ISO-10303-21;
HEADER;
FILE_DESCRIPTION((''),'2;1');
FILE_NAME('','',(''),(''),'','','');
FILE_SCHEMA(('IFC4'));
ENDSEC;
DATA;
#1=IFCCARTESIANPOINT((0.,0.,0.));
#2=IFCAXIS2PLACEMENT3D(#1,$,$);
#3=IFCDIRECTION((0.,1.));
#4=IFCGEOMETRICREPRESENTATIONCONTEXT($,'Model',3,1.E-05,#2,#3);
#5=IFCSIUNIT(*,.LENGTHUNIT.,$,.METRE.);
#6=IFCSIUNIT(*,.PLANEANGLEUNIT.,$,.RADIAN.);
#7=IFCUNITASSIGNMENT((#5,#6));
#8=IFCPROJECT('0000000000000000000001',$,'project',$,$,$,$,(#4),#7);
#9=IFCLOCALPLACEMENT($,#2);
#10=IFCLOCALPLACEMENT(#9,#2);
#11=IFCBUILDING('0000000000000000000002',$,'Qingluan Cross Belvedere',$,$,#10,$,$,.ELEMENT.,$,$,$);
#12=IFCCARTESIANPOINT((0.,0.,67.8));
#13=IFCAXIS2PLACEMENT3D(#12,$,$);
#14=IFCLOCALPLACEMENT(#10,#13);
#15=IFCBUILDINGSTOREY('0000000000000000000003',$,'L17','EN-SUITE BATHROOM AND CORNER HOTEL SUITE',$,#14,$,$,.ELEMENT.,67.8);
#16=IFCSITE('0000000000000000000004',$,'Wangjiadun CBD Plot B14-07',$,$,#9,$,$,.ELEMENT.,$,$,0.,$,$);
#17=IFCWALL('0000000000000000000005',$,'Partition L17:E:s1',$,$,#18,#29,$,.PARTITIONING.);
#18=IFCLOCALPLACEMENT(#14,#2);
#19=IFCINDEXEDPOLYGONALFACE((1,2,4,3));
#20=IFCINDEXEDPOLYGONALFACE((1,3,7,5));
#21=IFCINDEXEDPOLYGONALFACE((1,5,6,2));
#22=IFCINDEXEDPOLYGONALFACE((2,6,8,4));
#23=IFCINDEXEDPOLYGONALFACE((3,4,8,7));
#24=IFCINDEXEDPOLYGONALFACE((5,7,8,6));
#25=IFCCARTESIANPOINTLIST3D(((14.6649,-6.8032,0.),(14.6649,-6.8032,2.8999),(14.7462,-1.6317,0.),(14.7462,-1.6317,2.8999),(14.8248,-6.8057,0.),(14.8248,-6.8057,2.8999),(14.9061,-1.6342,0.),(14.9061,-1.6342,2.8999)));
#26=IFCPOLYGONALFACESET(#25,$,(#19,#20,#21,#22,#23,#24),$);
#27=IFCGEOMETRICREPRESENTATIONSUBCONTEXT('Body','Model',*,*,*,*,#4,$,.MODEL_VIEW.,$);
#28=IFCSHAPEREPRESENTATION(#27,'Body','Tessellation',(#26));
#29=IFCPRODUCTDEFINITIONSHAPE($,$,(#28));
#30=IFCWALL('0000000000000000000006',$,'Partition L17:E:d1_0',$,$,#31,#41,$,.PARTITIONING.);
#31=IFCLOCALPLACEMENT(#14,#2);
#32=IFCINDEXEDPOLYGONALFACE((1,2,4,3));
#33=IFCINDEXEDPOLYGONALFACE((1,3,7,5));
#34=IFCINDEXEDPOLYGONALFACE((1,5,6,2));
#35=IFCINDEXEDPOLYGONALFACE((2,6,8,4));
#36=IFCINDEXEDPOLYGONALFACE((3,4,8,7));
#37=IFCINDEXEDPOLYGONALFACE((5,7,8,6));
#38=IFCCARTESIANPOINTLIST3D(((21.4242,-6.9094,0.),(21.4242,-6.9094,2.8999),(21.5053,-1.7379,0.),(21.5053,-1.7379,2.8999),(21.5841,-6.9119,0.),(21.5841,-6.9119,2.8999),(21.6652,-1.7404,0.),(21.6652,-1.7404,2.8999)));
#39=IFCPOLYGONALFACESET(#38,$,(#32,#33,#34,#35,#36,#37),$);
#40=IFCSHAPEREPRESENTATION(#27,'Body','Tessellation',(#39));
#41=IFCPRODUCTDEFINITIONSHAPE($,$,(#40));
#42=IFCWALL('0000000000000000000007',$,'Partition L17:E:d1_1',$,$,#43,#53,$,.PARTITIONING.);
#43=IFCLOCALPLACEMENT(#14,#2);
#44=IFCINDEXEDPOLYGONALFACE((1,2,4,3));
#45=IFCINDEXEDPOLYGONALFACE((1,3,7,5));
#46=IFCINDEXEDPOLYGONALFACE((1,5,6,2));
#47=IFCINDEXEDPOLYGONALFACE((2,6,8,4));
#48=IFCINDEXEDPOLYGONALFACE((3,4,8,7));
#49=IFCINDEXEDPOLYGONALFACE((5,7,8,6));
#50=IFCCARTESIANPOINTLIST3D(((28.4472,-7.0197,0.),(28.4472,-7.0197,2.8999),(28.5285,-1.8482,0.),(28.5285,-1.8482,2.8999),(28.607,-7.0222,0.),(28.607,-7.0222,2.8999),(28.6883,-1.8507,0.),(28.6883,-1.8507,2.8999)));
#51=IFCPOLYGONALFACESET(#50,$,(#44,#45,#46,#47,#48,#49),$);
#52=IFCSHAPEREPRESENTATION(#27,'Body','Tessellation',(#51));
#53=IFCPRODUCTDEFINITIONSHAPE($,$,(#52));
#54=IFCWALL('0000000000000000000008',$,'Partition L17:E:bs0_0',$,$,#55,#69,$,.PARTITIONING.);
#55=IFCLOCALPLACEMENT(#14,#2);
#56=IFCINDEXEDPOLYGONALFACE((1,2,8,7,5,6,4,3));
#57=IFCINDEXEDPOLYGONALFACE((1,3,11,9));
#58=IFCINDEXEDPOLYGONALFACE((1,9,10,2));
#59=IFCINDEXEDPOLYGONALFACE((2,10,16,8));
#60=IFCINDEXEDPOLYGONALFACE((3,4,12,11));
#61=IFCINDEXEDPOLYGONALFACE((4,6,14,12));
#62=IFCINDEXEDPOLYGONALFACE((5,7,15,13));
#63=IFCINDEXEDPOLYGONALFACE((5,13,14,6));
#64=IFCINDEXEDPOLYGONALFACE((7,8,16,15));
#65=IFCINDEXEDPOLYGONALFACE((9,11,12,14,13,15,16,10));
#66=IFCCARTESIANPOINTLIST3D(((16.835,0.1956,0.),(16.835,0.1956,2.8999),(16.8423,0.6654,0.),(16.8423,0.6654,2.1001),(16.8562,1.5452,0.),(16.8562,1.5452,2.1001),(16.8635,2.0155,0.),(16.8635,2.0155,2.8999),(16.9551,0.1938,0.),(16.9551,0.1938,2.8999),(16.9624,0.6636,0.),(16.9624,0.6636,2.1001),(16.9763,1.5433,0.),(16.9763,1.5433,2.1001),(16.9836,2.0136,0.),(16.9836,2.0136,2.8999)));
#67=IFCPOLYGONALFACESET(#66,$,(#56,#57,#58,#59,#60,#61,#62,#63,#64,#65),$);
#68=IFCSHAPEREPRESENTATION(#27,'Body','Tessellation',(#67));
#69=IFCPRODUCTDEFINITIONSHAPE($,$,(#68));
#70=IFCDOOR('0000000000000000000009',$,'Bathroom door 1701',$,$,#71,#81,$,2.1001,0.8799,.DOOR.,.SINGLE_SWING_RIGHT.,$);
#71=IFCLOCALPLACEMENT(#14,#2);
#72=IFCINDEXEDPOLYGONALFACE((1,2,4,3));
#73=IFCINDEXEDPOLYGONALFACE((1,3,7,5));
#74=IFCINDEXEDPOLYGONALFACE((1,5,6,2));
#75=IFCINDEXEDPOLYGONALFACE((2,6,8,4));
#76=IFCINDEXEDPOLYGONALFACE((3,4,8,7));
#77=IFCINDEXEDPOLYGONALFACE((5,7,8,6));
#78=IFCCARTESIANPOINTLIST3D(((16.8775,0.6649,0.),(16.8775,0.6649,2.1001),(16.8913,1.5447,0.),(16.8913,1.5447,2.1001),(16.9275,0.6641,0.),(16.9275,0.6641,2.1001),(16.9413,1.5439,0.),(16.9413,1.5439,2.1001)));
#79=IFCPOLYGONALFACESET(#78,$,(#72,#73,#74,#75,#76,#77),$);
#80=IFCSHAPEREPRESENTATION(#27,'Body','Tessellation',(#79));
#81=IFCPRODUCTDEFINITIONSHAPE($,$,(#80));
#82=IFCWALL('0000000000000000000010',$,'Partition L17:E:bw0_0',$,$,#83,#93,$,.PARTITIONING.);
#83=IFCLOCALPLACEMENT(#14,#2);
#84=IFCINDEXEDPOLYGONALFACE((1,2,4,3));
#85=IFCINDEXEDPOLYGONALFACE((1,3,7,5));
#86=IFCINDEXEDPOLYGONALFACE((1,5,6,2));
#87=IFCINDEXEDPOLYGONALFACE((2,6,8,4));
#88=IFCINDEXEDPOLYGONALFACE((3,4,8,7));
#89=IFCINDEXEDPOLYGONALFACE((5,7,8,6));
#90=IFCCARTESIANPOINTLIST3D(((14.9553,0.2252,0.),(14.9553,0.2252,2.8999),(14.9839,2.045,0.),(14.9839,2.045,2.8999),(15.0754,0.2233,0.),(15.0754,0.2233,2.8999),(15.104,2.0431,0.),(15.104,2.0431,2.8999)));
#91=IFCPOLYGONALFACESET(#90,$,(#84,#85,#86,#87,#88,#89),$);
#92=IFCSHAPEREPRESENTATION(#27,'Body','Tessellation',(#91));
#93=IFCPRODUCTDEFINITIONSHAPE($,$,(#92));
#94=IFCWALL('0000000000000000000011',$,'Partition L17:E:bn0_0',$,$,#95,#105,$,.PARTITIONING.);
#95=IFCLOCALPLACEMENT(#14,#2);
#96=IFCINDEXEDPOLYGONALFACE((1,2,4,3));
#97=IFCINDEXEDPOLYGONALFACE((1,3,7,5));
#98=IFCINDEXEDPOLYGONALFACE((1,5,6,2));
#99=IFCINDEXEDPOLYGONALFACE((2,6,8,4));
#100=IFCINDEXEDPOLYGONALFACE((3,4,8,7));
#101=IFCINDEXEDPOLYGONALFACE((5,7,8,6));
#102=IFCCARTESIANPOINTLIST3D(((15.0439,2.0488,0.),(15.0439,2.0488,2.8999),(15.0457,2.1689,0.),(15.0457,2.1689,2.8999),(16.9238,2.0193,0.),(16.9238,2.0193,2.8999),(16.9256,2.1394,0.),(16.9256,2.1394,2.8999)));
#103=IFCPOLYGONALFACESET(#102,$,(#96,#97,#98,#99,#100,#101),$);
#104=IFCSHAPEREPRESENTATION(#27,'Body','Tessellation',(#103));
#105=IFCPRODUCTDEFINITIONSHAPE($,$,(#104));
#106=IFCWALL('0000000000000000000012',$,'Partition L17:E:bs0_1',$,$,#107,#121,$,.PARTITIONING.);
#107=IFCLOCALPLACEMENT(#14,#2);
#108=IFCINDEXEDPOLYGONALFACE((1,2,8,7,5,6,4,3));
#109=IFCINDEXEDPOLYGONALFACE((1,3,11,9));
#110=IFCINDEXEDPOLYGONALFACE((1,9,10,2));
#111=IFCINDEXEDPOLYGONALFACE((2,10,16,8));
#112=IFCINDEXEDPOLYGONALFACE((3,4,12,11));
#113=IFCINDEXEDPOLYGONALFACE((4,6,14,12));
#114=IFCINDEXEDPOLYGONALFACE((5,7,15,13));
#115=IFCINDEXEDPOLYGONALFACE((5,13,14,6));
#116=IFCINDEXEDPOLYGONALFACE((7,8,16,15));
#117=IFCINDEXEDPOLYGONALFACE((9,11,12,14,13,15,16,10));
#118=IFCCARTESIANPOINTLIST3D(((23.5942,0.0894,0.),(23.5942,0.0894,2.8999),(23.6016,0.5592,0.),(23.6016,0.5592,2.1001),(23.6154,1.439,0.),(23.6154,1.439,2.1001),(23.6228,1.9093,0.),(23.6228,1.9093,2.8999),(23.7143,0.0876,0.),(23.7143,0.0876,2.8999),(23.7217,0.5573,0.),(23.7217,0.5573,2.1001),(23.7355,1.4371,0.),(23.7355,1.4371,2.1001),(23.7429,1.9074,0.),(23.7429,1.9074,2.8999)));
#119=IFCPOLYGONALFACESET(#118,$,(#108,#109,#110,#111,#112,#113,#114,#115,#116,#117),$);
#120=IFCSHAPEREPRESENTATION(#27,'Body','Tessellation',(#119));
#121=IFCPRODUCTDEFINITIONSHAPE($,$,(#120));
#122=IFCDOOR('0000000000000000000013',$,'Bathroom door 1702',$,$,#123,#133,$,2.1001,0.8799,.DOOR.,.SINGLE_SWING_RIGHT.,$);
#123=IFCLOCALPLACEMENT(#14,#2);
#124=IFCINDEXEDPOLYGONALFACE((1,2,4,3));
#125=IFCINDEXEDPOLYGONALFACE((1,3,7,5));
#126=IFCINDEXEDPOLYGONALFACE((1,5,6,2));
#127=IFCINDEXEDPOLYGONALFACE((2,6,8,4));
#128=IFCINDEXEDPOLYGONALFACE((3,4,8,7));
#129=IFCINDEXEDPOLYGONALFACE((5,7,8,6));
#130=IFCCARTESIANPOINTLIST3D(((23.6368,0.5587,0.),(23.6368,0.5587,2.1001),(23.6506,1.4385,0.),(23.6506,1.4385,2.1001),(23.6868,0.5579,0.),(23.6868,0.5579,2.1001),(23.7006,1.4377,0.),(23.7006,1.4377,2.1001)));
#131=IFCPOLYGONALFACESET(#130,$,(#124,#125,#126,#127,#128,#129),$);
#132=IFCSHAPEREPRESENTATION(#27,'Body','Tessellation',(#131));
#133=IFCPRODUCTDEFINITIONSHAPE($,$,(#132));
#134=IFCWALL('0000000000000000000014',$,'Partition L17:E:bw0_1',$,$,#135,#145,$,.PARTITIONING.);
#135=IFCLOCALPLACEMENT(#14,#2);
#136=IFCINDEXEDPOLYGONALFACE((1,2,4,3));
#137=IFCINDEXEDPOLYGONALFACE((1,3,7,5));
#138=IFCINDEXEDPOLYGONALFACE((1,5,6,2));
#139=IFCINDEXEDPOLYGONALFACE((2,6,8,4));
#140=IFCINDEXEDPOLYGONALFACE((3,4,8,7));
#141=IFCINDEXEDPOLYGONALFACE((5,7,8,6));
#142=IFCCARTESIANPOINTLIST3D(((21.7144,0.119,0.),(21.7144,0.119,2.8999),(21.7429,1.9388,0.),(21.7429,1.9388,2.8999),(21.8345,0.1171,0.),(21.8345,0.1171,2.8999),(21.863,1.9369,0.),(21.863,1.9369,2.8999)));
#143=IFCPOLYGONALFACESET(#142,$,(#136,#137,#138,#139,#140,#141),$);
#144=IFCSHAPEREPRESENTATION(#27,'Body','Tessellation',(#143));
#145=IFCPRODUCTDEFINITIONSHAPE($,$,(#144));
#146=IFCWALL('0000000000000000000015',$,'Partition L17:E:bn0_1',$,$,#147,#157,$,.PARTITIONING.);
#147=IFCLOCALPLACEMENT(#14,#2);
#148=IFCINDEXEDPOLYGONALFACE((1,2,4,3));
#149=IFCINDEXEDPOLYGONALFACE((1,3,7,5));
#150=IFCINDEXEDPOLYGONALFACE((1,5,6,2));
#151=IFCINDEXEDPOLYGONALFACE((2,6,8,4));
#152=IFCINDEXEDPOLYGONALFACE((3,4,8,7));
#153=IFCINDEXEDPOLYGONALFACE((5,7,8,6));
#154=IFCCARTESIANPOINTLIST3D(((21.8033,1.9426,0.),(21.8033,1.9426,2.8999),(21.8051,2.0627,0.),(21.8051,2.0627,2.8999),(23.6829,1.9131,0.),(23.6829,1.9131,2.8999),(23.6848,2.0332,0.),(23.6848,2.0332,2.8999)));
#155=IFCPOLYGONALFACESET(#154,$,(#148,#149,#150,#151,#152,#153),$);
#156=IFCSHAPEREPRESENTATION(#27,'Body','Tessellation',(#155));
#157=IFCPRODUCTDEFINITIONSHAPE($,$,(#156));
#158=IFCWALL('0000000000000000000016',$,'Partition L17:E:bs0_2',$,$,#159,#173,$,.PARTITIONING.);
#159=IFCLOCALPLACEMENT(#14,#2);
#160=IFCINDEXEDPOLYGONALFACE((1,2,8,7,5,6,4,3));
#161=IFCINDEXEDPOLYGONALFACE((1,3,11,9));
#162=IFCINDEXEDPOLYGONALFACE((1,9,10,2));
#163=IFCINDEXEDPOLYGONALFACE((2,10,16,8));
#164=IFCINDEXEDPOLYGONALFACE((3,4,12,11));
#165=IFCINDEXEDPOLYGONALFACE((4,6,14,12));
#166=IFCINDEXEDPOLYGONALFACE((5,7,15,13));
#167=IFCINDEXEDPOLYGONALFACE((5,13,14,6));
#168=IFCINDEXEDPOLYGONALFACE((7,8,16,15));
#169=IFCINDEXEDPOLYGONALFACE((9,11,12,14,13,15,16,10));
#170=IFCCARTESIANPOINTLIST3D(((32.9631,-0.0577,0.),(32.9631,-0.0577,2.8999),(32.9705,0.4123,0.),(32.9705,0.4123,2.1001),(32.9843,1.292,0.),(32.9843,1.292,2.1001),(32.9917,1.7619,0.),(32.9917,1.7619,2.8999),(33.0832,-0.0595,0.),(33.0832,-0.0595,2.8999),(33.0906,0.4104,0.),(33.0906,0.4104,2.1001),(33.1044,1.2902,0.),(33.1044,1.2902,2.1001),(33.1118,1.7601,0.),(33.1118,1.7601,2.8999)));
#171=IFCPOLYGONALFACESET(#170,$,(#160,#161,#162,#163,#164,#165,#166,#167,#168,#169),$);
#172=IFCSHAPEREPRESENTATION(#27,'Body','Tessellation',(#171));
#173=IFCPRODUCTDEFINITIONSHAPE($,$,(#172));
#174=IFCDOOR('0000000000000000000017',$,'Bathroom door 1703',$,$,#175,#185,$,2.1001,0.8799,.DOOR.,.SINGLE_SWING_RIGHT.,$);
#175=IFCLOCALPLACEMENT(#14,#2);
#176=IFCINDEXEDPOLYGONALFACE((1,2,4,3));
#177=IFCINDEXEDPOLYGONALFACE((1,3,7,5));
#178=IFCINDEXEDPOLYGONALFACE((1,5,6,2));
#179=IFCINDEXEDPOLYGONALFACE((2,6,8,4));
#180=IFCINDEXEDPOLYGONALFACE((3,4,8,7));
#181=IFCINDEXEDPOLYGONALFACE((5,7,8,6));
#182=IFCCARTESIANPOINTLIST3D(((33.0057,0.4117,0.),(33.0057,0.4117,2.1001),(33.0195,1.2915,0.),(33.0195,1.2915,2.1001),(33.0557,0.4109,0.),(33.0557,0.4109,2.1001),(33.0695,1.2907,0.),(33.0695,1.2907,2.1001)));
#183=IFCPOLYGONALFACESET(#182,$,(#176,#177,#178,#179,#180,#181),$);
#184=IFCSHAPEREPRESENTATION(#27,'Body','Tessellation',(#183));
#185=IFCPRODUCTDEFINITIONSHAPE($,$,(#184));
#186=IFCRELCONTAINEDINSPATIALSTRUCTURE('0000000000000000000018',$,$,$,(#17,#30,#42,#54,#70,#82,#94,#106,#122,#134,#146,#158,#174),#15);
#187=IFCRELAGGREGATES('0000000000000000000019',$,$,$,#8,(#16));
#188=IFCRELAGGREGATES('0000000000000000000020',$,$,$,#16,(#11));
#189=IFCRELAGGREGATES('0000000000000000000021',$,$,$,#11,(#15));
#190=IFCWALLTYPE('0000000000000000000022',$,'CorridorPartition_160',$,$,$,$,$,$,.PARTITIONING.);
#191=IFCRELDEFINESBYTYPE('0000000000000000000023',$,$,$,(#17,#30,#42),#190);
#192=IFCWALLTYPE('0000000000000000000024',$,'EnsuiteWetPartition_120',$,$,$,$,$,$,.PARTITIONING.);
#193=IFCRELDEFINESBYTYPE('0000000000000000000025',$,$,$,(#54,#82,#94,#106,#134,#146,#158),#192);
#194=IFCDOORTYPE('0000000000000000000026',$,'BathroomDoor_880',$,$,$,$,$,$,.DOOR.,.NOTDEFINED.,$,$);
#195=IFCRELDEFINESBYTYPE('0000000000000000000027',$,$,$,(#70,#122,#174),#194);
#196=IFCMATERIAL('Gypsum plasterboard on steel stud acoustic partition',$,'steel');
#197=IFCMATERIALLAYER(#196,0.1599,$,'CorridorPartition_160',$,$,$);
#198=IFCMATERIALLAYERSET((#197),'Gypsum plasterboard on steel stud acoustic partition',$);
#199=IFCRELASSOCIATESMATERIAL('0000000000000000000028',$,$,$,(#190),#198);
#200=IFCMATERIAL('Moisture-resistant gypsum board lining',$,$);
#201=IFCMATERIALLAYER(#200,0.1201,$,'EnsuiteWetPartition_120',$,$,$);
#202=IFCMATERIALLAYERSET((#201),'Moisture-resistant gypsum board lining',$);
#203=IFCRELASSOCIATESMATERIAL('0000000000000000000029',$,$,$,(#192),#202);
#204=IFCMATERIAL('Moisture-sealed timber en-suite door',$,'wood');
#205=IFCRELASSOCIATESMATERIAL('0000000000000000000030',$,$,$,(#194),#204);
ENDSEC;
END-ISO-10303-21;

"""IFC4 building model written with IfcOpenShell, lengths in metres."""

from ifc_helpers import new_model, si_unit, direction, frame, frame_2d, origin, place, context, subcontext, project, spatial, rectangle, extrude, material, layer, layer_set, type_object, element, fill, save


model = new_model("IFC4")

# Units and contexts
model_context = context("Model", 3, precision=1e-05, world=origin(), true_north=direction((0.0, 1.0)))
body_context = subcontext(model_context, "Body", "Model", "MODEL_VIEW")
ifc_project = project(units=[si_unit("LENGTHUNIT", "METRE"), si_unit("PLANEANGLEUNIT", "RADIAN")], contexts=[model_context])

# Site, building, storey
site_placement = place(None, origin())
site = spatial("IfcSite", under=ifc_project, at=site_placement, Name="Wangjiadun CBD Plot B14-07", CompositionType="ELEMENT", RefElevation=0.0)
building_placement = place(site_placement, origin())
building = spatial("IfcBuilding", under=site, at=building_placement, Name="Qingluan Cross Belvedere", CompositionType="ELEMENT")
storey_placement = place(building_placement, frame((0.0, 0.0, 67.8)))
storey = spatial("IfcBuildingStorey", under=building, at=storey_placement, Name="L17", Description="EN-SUITE BATHROOM AND CORNER HOTEL SUITE", CompositionType="ELEMENT", Elevation=67.8)

# Shared definitions
ifc_material_1 = material(Name="Gypsum plasterboard on steel stud acoustic partition", Category="steel")
ifc_layer_1 = layer(ifc_material_1, 0.1599, Name="CorridorPartition_160")
ifc_layer_set_1 = layer_set([ifc_layer_1], Name="Gypsum plasterboard on steel stud acoustic partition")
wall_type_1 = type_object("IfcWallType", Name="CorridorPartition_160", PredefinedType="PARTITIONING", material=ifc_layer_set_1)

# Walls
for number, where, z_axis, x_axis, name in (
    (1, (14.8262, -1.6331, 0.0), (0.0, 0.0, 1.0), (-0.015719, -0.999876, 0.0), "Partition L17:E:s1"),
    (2, (21.5852, -1.7393, 0.0), (0.0, 0.0, 1.0), (-0.015672, -0.999877, 0.0), "Partition L17:E:d1_0"),
    (3, (28.6084, -1.8496, 0.0), (0.0, 0.0, 1.0), (-0.015719, -0.999876, 0.0), "Partition L17:E:d1_1"),
):
    element("IfcWall", number, at=place(storey_placement, frame(where, z_axis=z_axis, x_axis=x_axis)), inside=storey, type_object=wall_type_1, Name=name, PredefinedType="PARTITIONING", context=body_context, shape_type="SweptSolid", body=[
        extrude(rectangle(XDim=5.1721, YDim=0.1599, at=frame_2d((2.5859, 0.0))), origin(), (0.0, 0.0, 1.0), 2.8999),
    ])

# Wall, opening, door
ifc_material_2 = material(Name="Moisture-resistant gypsum board lining")
ifc_layer_2 = layer(ifc_material_2, 0.1201, Name="EnsuiteWetPartition_120")
ifc_layer_set_2 = layer_set([ifc_layer_2], Name="Moisture-resistant gypsum board lining")
wall_type_2 = type_object("IfcWallType", Name="EnsuiteWetPartition_120", PredefinedType="PARTITIONING", material=ifc_layer_set_2)
wall_1_placement = place(storey_placement, frame((16.895, 0.1946, 0.0), z_axis=(0.0, 0.0, 1.0), x_axis=(0.015694, 0.999877, 0.0)))
wall_1 = element("IfcWall", 4, at=wall_1_placement, inside=storey, type_object=wall_type_2, Name="Partition L17:E:bs0_0", PredefinedType="PARTITIONING", context=body_context, shape_type="SweptSolid", body=[
    extrude(rectangle(XDim=1.8201, YDim=0.1201, at=frame_2d((0.9102, 0.0))), origin(), (0.0, 0.0, 1.0), 2.8999),
])
opening_1_placement = place(wall_1_placement, frame((0.47, 0.0, 0.0)))
opening_1 = element("IfcOpeningElement", 5, at=opening_1_placement, cuts=wall_1, PredefinedType="OPENING", context=body_context, shape_type="SweptSolid", body=[
    extrude(rectangle(XDim=0.8799, YDim=2.1001, at=frame_2d((0.4399, 1.05))), frame((0.0, 0.0701, 0.0), z_axis=(0.0, -1.0, 0.0), x_axis=(1.0, 0.0, 0.0)), (0.0, 0.0, 1.0), 0.1401),
])
ifc_material_3 = material(Name="Moisture-sealed timber en-suite door", Category="wood")
door_type_1 = type_object("IfcDoorType", Name="BathroomDoor_880", OperationType="NOTDEFINED", PredefinedType="DOOR", material=ifc_material_3)
door_1_placement = place(opening_1_placement, origin())
door_1 = element("IfcDoor", 6, at=door_1_placement, inside=storey, type_object=door_type_1, Name="Bathroom door 1701", OperationType="SINGLE_SWING_RIGHT", OverallHeight=2.1001, OverallWidth=0.8799, PredefinedType="DOOR", context=body_context, shape_type="SweptSolid", body=[
    extrude(rectangle(XDim=0.8799, YDim=2.1001, at=frame_2d((0.4399, 1.05))), frame((0.0, 0.0249, 0.0), z_axis=(0.0, -1.0, 0.0), x_axis=(1.0, 0.0, 0.0)), (0.0, 0.0, 1.0), 0.05),
])
fill(opening_1, door_1)

# Walls
wall_2_placement = place(storey_placement, frame((15.0154, 0.2241, 0.0), z_axis=(0.0, 0.0, 1.0), x_axis=(0.015694, 0.999877, 0.0)))
element("IfcWall", 7, at=wall_2_placement, inside=storey, type_object=wall_type_2, Name="Partition L17:E:bw0_0", PredefinedType="PARTITIONING", context=body_context, shape_type="SweptSolid", body=[
    extrude(rectangle(XDim=1.8201, YDim=0.1201, at=frame_2d((0.9102, 0.0))), origin(), (0.0, 0.0, 1.0), 2.8999),
])
wall_3_placement = place(storey_placement, frame((15.0449, 2.1089, 0.0), z_axis=(0.0, 0.0, 1.0), x_axis=(0.999877, -0.015712, 0.0)))
element("IfcWall", 8, at=wall_3_placement, inside=storey, type_object=wall_type_2, Name="Partition L17:E:bn0_0", PredefinedType="PARTITIONING", context=body_context, shape_type="SweptSolid", body=[
    extrude(rectangle(XDim=1.8801, YDim=0.1201, at=frame_2d((0.9399, 0.0))), origin(), (0.0, 0.0, 1.0), 2.8999),
])

# Wall, opening, door
wall_4_placement = place(storey_placement, frame((23.6543, 0.0884, 0.0), z_axis=(0.0, 0.0, 1.0), x_axis=(0.015694, 0.999877, 0.0)))
wall_4 = element("IfcWall", 9, at=wall_4_placement, inside=storey, type_object=wall_type_2, Name="Partition L17:E:bs0_1", PredefinedType="PARTITIONING", context=body_context, shape_type="SweptSolid", body=[
    extrude(rectangle(XDim=1.8201, YDim=0.1201, at=frame_2d((0.9102, 0.0))), origin(), (0.0, 0.0, 1.0), 2.8999),
])
opening_2_placement = place(wall_4_placement, frame((0.47, 0.0, 0.0)))
opening_2 = element("IfcOpeningElement", 10, at=opening_2_placement, cuts=wall_4, PredefinedType="OPENING", context=body_context, shape_type="SweptSolid", body=[
    extrude(rectangle(XDim=0.8799, YDim=2.1001, at=frame_2d((0.4399, 1.05))), frame((0.0, 0.0701, 0.0), z_axis=(0.0, -1.0, 0.0), x_axis=(1.0, 0.0, 0.0)), (0.0, 0.0, 1.0), 0.1401),
])
door_2_placement = place(opening_2_placement, origin())
door_2 = element("IfcDoor", 11, at=door_2_placement, inside=storey, type_object=door_type_1, Name="Bathroom door 1702", OperationType="SINGLE_SWING_RIGHT", OverallHeight=2.1001, OverallWidth=0.8799, PredefinedType="DOOR", context=body_context, shape_type="SweptSolid", body=[
    extrude(rectangle(XDim=0.8799, YDim=2.1001, at=frame_2d((0.4399, 1.05))), frame((0.0, 0.0249, 0.0), z_axis=(0.0, -1.0, 0.0), x_axis=(1.0, 0.0, 0.0)), (0.0, 0.0, 1.0), 0.05),
])
fill(opening_2, door_2)

# Walls
wall_5_placement = place(storey_placement, frame((21.7744, 0.1179, 0.0), z_axis=(0.0, 0.0, 1.0), x_axis=(0.015694, 0.999877, 0.0)))
element("IfcWall", 12, at=wall_5_placement, inside=storey, type_object=wall_type_2, Name="Partition L17:E:bw0_1", PredefinedType="PARTITIONING", context=body_context, shape_type="SweptSolid", body=[
    extrude(rectangle(XDim=1.8201, YDim=0.1201, at=frame_2d((0.9102, 0.0))), origin(), (0.0, 0.0, 1.0), 2.8999),
])
wall_6_placement = place(storey_placement, frame((21.8042, 2.0027, 0.0), z_axis=(0.0, 0.0, 1.0), x_axis=(0.999877, -0.015714, 0.0)))
element("IfcWall", 13, at=wall_6_placement, inside=storey, type_object=wall_type_2, Name="Partition L17:E:bn0_1", PredefinedType="PARTITIONING", context=body_context, shape_type="SweptSolid", body=[
    extrude(rectangle(XDim=1.8799, YDim=0.1201, at=frame_2d((0.9399, 0.0))), origin(), (0.0, 0.0, 1.0), 2.8999),
])

# Wall, opening, door
wall_7_placement = place(storey_placement, frame((33.0232, -0.0586, 0.0), z_axis=(0.0, 0.0, 1.0), x_axis=(0.015696, 0.999877, 0.0)))
wall_7 = element("IfcWall", 14, at=wall_7_placement, inside=storey, type_object=wall_type_2, Name="Partition L17:E:bs0_2", PredefinedType="PARTITIONING", context=body_context, shape_type="SweptSolid", body=[
    extrude(rectangle(XDim=1.8198, YDim=0.1201, at=frame_2d((0.9099, 0.0))), origin(), (0.0, 0.0, 1.0), 2.8999),
])
opening_3_placement = place(wall_7_placement, frame((0.47, 0.0, 0.0)))
opening_3 = element("IfcOpeningElement", 15, at=opening_3_placement, cuts=wall_7, PredefinedType="OPENING", context=body_context, shape_type="SweptSolid", body=[
    extrude(rectangle(XDim=0.8799, YDim=2.1001, at=frame_2d((0.4399, 1.05))), frame((0.0, 0.0701, 0.0), z_axis=(0.0, -1.0, 0.0), x_axis=(1.0, 0.0, 0.0)), (0.0, 0.0, 1.0), 0.1401),
])
door_3_placement = place(opening_3_placement, origin())
door_3 = element("IfcDoor", 16, at=door_3_placement, inside=storey, type_object=door_type_1, Name="Bathroom door 1703", OperationType="SINGLE_SWING_RIGHT", OverallHeight=2.1001, OverallWidth=0.8799, PredefinedType="DOOR", context=body_context, shape_type="SweptSolid", body=[
    extrude(rectangle(XDim=0.8799, YDim=2.1001, at=frame_2d((0.4399, 1.05))), frame((0.0, 0.0249, 0.0), z_axis=(0.0, -1.0, 0.0), x_axis=(1.0, 0.0, 0.0)), (0.0, 0.0, 1.0), 0.05),
])
fill(opening_3, door_3)

save(model, "model.ifc")
